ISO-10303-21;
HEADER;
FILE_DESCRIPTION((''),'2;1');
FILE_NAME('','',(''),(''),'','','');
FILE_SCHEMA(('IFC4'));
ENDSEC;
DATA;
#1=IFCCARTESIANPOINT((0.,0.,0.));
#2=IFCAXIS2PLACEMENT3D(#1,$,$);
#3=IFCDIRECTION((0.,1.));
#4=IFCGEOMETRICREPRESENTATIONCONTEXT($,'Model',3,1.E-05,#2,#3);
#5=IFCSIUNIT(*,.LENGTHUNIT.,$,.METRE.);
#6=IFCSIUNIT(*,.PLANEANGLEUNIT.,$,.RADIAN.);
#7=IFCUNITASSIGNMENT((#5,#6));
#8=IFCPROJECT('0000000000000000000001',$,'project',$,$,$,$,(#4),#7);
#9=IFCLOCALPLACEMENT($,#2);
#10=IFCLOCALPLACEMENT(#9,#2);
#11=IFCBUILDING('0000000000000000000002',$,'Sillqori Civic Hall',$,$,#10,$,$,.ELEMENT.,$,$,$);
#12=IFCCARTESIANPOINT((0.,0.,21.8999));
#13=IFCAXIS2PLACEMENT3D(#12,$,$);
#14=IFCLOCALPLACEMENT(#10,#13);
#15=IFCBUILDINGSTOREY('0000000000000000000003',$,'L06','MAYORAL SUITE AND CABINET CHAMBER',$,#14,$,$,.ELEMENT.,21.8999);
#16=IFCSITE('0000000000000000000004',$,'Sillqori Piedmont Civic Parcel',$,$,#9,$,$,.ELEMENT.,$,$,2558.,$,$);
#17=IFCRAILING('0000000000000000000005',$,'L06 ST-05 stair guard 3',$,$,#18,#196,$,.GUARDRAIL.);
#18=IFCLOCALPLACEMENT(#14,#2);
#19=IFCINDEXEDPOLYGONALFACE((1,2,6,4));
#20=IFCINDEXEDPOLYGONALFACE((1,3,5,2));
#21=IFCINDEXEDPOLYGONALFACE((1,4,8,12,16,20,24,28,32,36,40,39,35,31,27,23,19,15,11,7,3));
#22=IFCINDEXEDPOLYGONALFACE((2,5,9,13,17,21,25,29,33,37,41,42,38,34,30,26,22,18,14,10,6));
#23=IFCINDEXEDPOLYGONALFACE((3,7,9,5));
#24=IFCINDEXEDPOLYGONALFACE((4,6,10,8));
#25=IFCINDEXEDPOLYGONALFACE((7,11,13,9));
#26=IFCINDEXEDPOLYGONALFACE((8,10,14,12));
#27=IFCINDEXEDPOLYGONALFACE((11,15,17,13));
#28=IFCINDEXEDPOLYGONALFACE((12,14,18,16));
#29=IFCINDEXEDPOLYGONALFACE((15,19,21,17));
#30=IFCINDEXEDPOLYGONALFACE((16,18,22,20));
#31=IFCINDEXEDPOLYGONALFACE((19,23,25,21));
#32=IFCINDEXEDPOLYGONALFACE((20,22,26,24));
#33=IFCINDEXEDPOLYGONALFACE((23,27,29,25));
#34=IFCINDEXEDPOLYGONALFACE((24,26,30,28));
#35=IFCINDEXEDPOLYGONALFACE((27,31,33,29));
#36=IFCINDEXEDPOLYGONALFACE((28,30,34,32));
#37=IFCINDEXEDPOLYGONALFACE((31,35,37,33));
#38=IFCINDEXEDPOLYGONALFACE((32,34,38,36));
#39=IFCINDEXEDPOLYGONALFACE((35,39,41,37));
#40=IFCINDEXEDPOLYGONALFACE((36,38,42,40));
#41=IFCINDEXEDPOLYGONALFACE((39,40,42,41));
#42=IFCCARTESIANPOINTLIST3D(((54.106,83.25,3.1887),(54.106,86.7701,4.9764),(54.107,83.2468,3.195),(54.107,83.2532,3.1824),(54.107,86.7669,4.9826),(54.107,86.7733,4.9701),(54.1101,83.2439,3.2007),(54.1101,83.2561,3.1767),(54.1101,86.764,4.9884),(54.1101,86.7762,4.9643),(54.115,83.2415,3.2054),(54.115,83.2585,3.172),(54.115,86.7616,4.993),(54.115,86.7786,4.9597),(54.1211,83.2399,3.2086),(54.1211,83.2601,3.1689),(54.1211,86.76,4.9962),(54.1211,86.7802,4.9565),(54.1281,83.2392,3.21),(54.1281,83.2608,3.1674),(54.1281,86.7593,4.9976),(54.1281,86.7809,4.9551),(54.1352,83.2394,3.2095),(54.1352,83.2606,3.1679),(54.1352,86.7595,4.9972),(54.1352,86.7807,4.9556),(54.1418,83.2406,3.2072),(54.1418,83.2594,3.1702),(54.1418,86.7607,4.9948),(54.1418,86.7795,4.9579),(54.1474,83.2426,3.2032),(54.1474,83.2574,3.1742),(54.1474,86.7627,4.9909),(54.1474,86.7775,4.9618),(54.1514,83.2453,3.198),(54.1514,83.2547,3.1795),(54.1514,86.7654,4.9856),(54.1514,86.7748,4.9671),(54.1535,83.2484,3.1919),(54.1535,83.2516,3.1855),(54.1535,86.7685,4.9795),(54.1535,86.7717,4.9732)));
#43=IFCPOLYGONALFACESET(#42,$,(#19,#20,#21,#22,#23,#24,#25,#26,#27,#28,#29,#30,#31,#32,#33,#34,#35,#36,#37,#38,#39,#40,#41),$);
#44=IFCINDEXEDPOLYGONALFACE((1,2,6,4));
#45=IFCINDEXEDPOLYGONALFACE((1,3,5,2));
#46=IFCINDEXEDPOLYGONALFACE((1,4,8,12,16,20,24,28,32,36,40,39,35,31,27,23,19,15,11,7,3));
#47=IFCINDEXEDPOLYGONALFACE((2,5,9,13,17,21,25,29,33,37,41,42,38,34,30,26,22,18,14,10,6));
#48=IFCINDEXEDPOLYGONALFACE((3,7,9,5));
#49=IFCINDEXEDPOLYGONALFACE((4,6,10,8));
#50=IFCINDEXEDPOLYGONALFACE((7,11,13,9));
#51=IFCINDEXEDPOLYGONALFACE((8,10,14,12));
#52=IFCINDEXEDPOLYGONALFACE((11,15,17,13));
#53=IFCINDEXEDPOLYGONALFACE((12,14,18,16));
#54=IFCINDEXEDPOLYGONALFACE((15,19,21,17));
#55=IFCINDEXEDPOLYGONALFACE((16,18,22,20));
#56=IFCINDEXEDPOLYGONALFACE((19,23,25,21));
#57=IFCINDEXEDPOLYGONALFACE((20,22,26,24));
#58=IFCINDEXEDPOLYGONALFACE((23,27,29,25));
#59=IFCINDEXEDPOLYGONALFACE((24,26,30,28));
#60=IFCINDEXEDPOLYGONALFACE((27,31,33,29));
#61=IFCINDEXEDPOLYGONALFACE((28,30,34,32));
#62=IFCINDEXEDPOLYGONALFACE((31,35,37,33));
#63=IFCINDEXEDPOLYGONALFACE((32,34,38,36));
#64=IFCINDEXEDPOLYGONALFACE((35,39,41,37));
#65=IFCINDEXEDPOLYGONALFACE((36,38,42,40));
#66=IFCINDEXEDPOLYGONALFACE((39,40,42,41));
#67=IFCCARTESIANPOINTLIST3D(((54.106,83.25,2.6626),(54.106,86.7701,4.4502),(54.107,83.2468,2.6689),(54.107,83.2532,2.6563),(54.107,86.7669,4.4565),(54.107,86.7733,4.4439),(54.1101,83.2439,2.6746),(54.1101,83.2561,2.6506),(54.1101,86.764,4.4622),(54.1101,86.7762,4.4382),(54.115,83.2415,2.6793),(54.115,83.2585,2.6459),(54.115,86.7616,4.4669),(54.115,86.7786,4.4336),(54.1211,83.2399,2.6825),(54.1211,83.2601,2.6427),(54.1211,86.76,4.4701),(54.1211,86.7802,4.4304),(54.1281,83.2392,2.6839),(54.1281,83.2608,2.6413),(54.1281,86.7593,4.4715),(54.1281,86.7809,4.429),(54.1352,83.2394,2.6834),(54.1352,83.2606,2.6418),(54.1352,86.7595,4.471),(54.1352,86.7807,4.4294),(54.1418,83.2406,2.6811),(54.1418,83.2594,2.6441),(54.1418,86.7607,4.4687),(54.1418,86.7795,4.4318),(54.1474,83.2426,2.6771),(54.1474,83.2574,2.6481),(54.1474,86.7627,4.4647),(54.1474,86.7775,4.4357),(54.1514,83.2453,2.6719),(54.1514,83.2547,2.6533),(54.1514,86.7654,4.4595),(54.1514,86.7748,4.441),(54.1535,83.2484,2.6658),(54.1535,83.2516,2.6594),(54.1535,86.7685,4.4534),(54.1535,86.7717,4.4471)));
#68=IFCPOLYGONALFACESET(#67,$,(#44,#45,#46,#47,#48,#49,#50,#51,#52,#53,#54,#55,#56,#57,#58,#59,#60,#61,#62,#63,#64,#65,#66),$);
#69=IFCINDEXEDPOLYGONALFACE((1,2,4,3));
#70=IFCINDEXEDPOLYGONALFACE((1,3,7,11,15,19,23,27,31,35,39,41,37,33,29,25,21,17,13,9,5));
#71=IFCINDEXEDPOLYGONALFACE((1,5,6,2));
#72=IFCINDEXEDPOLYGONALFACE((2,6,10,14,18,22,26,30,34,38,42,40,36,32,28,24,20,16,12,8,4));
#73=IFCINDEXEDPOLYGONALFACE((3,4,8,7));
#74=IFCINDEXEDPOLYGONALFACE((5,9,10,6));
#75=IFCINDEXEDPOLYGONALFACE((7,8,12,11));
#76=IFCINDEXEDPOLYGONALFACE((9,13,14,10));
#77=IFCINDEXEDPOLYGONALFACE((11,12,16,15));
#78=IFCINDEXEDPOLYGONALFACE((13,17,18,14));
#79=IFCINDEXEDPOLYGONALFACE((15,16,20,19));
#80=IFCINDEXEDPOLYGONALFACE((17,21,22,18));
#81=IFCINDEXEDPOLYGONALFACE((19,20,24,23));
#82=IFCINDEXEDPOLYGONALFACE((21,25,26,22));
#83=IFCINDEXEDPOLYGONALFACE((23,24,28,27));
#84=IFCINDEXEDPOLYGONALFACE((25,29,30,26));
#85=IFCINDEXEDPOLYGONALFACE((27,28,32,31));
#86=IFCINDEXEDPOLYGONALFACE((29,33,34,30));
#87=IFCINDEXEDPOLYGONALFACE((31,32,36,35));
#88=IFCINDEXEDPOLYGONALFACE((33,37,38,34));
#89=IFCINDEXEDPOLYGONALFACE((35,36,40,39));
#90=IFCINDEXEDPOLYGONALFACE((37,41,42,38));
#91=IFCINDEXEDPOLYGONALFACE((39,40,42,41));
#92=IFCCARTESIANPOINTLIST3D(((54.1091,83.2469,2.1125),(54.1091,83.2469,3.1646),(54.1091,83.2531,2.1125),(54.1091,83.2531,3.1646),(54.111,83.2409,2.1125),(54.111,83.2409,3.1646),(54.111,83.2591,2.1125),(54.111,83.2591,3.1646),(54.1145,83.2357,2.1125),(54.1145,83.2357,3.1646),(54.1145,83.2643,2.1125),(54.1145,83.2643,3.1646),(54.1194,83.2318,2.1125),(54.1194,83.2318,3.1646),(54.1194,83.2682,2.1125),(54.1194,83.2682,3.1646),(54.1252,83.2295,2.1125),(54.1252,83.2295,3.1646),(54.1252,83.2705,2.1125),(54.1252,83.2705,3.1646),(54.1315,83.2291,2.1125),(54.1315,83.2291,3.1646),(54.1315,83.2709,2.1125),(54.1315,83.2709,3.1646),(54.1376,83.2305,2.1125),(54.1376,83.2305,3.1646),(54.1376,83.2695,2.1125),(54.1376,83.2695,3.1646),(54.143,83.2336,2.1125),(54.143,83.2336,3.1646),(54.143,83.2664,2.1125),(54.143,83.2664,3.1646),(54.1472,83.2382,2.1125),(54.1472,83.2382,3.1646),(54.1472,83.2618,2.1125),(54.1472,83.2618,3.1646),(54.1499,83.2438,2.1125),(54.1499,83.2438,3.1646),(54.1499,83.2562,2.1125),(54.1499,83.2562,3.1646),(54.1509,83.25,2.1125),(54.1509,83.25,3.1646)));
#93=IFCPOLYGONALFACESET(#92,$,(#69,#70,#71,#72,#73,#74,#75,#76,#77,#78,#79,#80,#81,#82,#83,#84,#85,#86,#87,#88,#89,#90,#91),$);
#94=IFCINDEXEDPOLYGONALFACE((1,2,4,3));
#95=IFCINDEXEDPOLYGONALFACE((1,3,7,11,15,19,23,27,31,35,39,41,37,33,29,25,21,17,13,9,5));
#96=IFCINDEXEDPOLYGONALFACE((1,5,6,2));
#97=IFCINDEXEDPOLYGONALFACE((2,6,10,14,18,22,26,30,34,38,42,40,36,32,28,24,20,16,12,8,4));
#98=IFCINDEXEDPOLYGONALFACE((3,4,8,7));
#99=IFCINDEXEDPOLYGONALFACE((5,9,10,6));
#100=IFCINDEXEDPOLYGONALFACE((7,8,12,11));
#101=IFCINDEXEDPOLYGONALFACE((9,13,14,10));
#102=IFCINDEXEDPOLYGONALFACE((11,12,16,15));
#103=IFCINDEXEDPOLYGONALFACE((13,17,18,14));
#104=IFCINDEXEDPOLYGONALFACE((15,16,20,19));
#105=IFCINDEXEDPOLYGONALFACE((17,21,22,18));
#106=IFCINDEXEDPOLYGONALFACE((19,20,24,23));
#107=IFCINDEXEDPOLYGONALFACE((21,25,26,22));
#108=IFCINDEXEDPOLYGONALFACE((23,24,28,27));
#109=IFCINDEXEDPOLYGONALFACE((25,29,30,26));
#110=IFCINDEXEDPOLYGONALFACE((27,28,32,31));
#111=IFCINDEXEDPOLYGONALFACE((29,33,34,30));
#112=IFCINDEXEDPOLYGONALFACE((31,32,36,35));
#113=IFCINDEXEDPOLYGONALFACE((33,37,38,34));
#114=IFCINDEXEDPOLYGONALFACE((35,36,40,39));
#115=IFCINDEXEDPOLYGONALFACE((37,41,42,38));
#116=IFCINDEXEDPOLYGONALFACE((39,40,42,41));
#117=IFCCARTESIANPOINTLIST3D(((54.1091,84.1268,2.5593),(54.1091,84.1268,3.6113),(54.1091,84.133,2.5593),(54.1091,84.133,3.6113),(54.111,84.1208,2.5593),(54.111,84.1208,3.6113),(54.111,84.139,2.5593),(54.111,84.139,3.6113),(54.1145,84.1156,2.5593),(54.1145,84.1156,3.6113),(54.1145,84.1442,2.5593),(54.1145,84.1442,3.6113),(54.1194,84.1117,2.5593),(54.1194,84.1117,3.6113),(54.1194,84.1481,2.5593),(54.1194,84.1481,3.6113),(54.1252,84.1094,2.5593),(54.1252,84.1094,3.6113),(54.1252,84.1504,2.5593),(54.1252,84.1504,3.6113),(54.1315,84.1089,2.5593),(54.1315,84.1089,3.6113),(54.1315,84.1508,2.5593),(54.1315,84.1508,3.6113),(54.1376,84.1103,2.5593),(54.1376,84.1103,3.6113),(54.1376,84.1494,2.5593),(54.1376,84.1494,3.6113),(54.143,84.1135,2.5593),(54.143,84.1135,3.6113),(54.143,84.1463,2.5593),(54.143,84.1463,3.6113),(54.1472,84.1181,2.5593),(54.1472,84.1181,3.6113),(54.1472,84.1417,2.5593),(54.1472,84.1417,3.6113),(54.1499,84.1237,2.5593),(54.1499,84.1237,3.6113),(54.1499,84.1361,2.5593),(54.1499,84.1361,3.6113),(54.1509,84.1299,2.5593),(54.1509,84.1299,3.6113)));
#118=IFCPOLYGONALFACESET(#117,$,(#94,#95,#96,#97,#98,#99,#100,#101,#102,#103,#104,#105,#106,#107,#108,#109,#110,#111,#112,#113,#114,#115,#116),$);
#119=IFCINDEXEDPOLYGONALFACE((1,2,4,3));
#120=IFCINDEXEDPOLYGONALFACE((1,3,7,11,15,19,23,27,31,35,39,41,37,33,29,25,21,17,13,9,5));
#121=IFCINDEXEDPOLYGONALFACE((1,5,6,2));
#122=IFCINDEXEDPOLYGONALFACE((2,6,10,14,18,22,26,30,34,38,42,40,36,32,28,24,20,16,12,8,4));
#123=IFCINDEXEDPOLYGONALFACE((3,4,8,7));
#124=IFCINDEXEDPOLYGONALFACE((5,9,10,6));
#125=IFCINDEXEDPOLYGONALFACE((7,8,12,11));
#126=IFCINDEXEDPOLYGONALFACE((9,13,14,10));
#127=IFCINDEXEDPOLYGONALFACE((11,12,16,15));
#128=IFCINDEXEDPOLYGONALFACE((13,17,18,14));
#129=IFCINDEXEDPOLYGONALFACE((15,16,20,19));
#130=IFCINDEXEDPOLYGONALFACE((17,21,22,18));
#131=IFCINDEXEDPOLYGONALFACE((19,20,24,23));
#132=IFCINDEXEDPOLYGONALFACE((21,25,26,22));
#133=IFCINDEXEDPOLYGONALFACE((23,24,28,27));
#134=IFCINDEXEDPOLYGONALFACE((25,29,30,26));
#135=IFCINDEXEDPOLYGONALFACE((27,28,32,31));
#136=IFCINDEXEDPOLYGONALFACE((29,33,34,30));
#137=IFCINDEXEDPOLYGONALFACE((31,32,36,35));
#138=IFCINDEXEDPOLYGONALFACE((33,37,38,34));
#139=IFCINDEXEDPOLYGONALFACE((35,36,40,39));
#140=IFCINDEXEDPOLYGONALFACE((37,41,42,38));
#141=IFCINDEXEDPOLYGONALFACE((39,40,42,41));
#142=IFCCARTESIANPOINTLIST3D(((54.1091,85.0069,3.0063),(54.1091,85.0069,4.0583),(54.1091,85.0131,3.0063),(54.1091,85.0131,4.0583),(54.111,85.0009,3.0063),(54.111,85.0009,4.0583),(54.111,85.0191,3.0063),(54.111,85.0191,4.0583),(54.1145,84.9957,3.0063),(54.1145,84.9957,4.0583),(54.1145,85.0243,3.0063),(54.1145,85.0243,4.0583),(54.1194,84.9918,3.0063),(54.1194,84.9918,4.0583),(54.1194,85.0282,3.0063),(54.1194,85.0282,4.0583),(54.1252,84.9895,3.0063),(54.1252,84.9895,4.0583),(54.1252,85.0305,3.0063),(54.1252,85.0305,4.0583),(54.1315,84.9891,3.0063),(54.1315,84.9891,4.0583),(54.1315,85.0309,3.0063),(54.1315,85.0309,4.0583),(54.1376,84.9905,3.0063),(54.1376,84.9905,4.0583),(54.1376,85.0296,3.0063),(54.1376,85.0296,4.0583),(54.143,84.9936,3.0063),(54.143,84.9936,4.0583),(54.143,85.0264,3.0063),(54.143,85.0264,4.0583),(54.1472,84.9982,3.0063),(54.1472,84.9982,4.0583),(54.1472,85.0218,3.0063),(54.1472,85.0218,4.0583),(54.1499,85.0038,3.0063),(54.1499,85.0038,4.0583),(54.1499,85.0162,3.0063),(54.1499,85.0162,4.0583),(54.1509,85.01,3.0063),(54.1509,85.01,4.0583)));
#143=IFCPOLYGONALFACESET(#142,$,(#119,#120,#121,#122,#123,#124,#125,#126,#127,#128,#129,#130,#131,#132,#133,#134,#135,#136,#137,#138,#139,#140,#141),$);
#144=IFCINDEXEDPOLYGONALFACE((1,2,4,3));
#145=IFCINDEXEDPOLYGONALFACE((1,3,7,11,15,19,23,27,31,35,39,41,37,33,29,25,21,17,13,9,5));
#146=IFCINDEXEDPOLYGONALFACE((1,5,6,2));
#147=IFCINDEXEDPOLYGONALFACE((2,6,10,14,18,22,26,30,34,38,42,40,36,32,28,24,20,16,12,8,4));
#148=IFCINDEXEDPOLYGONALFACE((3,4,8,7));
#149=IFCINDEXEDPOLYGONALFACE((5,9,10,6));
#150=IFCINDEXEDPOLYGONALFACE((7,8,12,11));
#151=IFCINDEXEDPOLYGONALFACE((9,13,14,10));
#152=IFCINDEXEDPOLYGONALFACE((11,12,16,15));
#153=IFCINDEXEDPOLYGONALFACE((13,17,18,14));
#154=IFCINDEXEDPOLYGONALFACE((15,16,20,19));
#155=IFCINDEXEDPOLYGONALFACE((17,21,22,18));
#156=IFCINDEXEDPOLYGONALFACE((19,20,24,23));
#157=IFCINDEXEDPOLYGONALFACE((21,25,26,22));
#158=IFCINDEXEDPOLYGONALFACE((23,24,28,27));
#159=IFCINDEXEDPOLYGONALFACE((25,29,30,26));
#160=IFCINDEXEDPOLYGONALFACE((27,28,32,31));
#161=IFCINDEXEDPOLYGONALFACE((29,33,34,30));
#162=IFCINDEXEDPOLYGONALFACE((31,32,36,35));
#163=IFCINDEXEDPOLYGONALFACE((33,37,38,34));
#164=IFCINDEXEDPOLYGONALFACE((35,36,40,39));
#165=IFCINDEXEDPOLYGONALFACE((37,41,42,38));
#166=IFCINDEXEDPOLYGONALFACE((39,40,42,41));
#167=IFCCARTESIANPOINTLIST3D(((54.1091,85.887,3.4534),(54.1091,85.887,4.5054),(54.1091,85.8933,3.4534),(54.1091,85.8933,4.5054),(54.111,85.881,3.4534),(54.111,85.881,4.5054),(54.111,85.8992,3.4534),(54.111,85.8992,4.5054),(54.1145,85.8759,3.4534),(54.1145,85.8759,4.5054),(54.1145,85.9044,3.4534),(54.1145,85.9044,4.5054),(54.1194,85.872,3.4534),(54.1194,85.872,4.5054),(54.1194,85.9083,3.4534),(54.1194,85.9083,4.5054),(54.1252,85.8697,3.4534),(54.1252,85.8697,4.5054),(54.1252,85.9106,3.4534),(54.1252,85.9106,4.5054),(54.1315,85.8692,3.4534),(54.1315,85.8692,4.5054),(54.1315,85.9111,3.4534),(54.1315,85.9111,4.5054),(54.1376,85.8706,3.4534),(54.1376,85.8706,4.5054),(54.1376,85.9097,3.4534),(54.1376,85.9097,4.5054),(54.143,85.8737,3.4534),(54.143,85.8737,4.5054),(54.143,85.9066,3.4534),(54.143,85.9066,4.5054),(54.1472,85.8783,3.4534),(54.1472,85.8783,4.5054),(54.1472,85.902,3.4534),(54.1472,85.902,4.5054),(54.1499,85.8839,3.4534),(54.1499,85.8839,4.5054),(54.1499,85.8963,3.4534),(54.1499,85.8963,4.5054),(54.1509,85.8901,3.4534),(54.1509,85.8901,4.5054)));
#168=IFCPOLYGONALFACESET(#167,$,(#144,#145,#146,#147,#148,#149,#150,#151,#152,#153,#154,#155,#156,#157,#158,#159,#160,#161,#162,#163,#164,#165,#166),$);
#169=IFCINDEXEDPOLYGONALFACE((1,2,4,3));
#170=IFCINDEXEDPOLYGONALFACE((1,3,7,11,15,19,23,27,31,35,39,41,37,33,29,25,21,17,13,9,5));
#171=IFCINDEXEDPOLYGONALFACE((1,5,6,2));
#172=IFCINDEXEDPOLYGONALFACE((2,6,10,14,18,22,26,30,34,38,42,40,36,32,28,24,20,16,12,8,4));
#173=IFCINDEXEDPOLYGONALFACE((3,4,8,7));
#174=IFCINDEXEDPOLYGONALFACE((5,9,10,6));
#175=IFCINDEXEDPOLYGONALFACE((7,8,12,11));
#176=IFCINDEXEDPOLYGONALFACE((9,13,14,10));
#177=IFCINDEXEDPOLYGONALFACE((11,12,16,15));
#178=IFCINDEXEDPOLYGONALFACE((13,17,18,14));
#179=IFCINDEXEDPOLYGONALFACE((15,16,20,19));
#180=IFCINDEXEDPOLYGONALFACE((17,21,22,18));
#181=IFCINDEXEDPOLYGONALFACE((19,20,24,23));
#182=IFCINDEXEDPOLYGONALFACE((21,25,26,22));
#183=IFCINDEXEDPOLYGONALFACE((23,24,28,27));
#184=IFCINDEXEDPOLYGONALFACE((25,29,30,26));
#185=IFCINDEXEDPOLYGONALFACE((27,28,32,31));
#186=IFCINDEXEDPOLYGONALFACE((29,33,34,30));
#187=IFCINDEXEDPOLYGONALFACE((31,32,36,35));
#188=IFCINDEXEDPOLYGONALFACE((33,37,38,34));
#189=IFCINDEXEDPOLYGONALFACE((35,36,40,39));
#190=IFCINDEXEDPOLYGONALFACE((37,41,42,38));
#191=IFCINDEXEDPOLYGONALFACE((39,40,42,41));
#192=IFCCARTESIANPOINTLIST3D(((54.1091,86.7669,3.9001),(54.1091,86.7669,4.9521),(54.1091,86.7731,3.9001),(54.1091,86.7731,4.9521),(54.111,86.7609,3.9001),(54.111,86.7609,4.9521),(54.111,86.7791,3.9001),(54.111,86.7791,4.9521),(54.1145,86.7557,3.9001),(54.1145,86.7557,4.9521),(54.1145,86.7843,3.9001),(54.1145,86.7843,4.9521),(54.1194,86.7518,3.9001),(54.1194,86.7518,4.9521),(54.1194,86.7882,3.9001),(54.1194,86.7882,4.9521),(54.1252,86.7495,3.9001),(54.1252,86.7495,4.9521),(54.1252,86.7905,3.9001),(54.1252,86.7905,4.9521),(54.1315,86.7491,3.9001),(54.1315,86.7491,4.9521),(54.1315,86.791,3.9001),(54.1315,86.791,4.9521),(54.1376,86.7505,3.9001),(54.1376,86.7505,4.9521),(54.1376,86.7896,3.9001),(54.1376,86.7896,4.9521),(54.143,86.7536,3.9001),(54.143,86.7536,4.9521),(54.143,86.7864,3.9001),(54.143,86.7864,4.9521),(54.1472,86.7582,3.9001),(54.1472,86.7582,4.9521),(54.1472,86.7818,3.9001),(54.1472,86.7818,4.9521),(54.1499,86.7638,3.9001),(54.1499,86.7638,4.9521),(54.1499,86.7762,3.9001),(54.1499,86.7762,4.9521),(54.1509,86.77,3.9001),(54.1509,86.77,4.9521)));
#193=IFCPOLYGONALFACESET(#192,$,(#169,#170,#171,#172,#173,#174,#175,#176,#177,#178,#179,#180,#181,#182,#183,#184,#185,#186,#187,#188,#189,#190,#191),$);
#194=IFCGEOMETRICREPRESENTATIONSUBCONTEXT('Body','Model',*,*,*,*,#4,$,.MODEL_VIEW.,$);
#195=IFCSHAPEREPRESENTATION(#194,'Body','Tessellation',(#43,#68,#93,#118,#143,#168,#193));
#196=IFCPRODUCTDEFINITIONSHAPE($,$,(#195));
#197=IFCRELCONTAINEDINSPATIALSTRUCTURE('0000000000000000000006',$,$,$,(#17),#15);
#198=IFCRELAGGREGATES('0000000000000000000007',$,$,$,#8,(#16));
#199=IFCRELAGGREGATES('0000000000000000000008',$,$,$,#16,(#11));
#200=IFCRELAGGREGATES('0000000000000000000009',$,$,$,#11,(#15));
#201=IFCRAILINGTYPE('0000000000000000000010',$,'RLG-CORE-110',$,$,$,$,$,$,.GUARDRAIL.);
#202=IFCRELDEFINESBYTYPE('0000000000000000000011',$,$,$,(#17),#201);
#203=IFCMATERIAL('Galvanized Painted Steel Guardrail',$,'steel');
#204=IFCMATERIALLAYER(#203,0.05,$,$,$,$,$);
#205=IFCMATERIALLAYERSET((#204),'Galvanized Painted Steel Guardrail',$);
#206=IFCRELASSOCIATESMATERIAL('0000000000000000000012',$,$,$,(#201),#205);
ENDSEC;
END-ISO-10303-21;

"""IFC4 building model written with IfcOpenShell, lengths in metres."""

from ifc_helpers import new_model, si_unit, direction, frame, origin, origin_2d, place, context, subcontext, project, spatial, circle, extrude, material, layer, layer_set, type_object, element, save


model = new_model("IFC4")

# Units and contexts
model_context = context("Model", 3, precision=1e-05, world=origin(), true_north=direction((0.0, 1.0)))
body_context = subcontext(model_context, "Body", "Model", "MODEL_VIEW")
ifc_project = project(units=[si_unit("LENGTHUNIT", "METRE"), si_unit("PLANEANGLEUNIT", "RADIAN")], contexts=[model_context])

# Site, building, storey
site_placement = place(None, origin())
site = spatial("IfcSite", under=ifc_project, at=site_placement, Name="Sillqori Piedmont Civic Parcel", CompositionType="ELEMENT", RefElevation=2558.0)
building_placement = place(site_placement, origin())
building = spatial("IfcBuilding", under=site, at=building_placement, Name="Sillqori Civic Hall", CompositionType="ELEMENT")
storey_placement = place(building_placement, frame((0.0, 0.0, 21.8999)))
storey = spatial("IfcBuildingStorey", under=building, at=storey_placement, Name="L06", Description="MAYORAL SUITE AND CABINET CHAMBER", CompositionType="ELEMENT", Elevation=21.8999)

# Railing
ifc_material_1 = material(Name="Galvanized Painted Steel Guardrail", Category="steel")
ifc_layer_1 = layer(ifc_material_1, 0.05)
ifc_layer_set_1 = layer_set([ifc_layer_1], Name="Galvanized Painted Steel Guardrail")
railing_type_1 = type_object("IfcRailingType", Name="RLG-CORE-110", PredefinedType="GUARDRAIL", material=ifc_layer_set_1)
railing_1_placement = place(storey_placement, frame((54.1299, 83.25, 2.1125)))
element("IfcRailing", 1, at=railing_1_placement, inside=storey, type_object=railing_type_1, Name="L06 ST-05 stair guard 3", PredefinedType="GUARDRAIL", context=body_context, shape_type="SweptSolid", body=[
    extrude(circle(Radius=0.0239, at=origin_2d()), frame((0.0, 0.0, 1.0762), z_axis=(0.0, 0.891615, 0.452795), x_axis=(-1.0, 0.0, 0.0)), (0.0, 0.0, 1.0), 3.948),
    extrude(circle(Radius=0.0239, at=origin_2d()), frame((0.0, 0.0, 0.55), z_axis=(0.0, 0.891615, 0.452795), x_axis=(-1.0, 0.0, 0.0)), (0.0, 0.0, 1.0), 3.948),
    extrude(circle(Radius=0.021, at=origin_2d()), origin(), (0.0, 0.0, 1.0), 1.052),
    extrude(circle(Radius=0.021, at=origin_2d()), frame((0.0, 0.8799, 0.4468)), (0.0, 0.0, 1.0), 1.052),
    extrude(circle(Radius=0.021, at=origin_2d()), frame((0.0, 1.76, 0.8938)), (0.0, 0.0, 1.0), 1.052),
    extrude(circle(Radius=0.021, at=origin_2d()), frame((0.0, 2.6401, 1.3408)), (0.0, 0.0, 1.0), 1.052),
    extrude(circle(Radius=0.021, at=origin_2d()), frame((0.0, 3.52, 1.7876)), (0.0, 0.0, 1.0), 1.052),
])

save(model, "model.ifc")
